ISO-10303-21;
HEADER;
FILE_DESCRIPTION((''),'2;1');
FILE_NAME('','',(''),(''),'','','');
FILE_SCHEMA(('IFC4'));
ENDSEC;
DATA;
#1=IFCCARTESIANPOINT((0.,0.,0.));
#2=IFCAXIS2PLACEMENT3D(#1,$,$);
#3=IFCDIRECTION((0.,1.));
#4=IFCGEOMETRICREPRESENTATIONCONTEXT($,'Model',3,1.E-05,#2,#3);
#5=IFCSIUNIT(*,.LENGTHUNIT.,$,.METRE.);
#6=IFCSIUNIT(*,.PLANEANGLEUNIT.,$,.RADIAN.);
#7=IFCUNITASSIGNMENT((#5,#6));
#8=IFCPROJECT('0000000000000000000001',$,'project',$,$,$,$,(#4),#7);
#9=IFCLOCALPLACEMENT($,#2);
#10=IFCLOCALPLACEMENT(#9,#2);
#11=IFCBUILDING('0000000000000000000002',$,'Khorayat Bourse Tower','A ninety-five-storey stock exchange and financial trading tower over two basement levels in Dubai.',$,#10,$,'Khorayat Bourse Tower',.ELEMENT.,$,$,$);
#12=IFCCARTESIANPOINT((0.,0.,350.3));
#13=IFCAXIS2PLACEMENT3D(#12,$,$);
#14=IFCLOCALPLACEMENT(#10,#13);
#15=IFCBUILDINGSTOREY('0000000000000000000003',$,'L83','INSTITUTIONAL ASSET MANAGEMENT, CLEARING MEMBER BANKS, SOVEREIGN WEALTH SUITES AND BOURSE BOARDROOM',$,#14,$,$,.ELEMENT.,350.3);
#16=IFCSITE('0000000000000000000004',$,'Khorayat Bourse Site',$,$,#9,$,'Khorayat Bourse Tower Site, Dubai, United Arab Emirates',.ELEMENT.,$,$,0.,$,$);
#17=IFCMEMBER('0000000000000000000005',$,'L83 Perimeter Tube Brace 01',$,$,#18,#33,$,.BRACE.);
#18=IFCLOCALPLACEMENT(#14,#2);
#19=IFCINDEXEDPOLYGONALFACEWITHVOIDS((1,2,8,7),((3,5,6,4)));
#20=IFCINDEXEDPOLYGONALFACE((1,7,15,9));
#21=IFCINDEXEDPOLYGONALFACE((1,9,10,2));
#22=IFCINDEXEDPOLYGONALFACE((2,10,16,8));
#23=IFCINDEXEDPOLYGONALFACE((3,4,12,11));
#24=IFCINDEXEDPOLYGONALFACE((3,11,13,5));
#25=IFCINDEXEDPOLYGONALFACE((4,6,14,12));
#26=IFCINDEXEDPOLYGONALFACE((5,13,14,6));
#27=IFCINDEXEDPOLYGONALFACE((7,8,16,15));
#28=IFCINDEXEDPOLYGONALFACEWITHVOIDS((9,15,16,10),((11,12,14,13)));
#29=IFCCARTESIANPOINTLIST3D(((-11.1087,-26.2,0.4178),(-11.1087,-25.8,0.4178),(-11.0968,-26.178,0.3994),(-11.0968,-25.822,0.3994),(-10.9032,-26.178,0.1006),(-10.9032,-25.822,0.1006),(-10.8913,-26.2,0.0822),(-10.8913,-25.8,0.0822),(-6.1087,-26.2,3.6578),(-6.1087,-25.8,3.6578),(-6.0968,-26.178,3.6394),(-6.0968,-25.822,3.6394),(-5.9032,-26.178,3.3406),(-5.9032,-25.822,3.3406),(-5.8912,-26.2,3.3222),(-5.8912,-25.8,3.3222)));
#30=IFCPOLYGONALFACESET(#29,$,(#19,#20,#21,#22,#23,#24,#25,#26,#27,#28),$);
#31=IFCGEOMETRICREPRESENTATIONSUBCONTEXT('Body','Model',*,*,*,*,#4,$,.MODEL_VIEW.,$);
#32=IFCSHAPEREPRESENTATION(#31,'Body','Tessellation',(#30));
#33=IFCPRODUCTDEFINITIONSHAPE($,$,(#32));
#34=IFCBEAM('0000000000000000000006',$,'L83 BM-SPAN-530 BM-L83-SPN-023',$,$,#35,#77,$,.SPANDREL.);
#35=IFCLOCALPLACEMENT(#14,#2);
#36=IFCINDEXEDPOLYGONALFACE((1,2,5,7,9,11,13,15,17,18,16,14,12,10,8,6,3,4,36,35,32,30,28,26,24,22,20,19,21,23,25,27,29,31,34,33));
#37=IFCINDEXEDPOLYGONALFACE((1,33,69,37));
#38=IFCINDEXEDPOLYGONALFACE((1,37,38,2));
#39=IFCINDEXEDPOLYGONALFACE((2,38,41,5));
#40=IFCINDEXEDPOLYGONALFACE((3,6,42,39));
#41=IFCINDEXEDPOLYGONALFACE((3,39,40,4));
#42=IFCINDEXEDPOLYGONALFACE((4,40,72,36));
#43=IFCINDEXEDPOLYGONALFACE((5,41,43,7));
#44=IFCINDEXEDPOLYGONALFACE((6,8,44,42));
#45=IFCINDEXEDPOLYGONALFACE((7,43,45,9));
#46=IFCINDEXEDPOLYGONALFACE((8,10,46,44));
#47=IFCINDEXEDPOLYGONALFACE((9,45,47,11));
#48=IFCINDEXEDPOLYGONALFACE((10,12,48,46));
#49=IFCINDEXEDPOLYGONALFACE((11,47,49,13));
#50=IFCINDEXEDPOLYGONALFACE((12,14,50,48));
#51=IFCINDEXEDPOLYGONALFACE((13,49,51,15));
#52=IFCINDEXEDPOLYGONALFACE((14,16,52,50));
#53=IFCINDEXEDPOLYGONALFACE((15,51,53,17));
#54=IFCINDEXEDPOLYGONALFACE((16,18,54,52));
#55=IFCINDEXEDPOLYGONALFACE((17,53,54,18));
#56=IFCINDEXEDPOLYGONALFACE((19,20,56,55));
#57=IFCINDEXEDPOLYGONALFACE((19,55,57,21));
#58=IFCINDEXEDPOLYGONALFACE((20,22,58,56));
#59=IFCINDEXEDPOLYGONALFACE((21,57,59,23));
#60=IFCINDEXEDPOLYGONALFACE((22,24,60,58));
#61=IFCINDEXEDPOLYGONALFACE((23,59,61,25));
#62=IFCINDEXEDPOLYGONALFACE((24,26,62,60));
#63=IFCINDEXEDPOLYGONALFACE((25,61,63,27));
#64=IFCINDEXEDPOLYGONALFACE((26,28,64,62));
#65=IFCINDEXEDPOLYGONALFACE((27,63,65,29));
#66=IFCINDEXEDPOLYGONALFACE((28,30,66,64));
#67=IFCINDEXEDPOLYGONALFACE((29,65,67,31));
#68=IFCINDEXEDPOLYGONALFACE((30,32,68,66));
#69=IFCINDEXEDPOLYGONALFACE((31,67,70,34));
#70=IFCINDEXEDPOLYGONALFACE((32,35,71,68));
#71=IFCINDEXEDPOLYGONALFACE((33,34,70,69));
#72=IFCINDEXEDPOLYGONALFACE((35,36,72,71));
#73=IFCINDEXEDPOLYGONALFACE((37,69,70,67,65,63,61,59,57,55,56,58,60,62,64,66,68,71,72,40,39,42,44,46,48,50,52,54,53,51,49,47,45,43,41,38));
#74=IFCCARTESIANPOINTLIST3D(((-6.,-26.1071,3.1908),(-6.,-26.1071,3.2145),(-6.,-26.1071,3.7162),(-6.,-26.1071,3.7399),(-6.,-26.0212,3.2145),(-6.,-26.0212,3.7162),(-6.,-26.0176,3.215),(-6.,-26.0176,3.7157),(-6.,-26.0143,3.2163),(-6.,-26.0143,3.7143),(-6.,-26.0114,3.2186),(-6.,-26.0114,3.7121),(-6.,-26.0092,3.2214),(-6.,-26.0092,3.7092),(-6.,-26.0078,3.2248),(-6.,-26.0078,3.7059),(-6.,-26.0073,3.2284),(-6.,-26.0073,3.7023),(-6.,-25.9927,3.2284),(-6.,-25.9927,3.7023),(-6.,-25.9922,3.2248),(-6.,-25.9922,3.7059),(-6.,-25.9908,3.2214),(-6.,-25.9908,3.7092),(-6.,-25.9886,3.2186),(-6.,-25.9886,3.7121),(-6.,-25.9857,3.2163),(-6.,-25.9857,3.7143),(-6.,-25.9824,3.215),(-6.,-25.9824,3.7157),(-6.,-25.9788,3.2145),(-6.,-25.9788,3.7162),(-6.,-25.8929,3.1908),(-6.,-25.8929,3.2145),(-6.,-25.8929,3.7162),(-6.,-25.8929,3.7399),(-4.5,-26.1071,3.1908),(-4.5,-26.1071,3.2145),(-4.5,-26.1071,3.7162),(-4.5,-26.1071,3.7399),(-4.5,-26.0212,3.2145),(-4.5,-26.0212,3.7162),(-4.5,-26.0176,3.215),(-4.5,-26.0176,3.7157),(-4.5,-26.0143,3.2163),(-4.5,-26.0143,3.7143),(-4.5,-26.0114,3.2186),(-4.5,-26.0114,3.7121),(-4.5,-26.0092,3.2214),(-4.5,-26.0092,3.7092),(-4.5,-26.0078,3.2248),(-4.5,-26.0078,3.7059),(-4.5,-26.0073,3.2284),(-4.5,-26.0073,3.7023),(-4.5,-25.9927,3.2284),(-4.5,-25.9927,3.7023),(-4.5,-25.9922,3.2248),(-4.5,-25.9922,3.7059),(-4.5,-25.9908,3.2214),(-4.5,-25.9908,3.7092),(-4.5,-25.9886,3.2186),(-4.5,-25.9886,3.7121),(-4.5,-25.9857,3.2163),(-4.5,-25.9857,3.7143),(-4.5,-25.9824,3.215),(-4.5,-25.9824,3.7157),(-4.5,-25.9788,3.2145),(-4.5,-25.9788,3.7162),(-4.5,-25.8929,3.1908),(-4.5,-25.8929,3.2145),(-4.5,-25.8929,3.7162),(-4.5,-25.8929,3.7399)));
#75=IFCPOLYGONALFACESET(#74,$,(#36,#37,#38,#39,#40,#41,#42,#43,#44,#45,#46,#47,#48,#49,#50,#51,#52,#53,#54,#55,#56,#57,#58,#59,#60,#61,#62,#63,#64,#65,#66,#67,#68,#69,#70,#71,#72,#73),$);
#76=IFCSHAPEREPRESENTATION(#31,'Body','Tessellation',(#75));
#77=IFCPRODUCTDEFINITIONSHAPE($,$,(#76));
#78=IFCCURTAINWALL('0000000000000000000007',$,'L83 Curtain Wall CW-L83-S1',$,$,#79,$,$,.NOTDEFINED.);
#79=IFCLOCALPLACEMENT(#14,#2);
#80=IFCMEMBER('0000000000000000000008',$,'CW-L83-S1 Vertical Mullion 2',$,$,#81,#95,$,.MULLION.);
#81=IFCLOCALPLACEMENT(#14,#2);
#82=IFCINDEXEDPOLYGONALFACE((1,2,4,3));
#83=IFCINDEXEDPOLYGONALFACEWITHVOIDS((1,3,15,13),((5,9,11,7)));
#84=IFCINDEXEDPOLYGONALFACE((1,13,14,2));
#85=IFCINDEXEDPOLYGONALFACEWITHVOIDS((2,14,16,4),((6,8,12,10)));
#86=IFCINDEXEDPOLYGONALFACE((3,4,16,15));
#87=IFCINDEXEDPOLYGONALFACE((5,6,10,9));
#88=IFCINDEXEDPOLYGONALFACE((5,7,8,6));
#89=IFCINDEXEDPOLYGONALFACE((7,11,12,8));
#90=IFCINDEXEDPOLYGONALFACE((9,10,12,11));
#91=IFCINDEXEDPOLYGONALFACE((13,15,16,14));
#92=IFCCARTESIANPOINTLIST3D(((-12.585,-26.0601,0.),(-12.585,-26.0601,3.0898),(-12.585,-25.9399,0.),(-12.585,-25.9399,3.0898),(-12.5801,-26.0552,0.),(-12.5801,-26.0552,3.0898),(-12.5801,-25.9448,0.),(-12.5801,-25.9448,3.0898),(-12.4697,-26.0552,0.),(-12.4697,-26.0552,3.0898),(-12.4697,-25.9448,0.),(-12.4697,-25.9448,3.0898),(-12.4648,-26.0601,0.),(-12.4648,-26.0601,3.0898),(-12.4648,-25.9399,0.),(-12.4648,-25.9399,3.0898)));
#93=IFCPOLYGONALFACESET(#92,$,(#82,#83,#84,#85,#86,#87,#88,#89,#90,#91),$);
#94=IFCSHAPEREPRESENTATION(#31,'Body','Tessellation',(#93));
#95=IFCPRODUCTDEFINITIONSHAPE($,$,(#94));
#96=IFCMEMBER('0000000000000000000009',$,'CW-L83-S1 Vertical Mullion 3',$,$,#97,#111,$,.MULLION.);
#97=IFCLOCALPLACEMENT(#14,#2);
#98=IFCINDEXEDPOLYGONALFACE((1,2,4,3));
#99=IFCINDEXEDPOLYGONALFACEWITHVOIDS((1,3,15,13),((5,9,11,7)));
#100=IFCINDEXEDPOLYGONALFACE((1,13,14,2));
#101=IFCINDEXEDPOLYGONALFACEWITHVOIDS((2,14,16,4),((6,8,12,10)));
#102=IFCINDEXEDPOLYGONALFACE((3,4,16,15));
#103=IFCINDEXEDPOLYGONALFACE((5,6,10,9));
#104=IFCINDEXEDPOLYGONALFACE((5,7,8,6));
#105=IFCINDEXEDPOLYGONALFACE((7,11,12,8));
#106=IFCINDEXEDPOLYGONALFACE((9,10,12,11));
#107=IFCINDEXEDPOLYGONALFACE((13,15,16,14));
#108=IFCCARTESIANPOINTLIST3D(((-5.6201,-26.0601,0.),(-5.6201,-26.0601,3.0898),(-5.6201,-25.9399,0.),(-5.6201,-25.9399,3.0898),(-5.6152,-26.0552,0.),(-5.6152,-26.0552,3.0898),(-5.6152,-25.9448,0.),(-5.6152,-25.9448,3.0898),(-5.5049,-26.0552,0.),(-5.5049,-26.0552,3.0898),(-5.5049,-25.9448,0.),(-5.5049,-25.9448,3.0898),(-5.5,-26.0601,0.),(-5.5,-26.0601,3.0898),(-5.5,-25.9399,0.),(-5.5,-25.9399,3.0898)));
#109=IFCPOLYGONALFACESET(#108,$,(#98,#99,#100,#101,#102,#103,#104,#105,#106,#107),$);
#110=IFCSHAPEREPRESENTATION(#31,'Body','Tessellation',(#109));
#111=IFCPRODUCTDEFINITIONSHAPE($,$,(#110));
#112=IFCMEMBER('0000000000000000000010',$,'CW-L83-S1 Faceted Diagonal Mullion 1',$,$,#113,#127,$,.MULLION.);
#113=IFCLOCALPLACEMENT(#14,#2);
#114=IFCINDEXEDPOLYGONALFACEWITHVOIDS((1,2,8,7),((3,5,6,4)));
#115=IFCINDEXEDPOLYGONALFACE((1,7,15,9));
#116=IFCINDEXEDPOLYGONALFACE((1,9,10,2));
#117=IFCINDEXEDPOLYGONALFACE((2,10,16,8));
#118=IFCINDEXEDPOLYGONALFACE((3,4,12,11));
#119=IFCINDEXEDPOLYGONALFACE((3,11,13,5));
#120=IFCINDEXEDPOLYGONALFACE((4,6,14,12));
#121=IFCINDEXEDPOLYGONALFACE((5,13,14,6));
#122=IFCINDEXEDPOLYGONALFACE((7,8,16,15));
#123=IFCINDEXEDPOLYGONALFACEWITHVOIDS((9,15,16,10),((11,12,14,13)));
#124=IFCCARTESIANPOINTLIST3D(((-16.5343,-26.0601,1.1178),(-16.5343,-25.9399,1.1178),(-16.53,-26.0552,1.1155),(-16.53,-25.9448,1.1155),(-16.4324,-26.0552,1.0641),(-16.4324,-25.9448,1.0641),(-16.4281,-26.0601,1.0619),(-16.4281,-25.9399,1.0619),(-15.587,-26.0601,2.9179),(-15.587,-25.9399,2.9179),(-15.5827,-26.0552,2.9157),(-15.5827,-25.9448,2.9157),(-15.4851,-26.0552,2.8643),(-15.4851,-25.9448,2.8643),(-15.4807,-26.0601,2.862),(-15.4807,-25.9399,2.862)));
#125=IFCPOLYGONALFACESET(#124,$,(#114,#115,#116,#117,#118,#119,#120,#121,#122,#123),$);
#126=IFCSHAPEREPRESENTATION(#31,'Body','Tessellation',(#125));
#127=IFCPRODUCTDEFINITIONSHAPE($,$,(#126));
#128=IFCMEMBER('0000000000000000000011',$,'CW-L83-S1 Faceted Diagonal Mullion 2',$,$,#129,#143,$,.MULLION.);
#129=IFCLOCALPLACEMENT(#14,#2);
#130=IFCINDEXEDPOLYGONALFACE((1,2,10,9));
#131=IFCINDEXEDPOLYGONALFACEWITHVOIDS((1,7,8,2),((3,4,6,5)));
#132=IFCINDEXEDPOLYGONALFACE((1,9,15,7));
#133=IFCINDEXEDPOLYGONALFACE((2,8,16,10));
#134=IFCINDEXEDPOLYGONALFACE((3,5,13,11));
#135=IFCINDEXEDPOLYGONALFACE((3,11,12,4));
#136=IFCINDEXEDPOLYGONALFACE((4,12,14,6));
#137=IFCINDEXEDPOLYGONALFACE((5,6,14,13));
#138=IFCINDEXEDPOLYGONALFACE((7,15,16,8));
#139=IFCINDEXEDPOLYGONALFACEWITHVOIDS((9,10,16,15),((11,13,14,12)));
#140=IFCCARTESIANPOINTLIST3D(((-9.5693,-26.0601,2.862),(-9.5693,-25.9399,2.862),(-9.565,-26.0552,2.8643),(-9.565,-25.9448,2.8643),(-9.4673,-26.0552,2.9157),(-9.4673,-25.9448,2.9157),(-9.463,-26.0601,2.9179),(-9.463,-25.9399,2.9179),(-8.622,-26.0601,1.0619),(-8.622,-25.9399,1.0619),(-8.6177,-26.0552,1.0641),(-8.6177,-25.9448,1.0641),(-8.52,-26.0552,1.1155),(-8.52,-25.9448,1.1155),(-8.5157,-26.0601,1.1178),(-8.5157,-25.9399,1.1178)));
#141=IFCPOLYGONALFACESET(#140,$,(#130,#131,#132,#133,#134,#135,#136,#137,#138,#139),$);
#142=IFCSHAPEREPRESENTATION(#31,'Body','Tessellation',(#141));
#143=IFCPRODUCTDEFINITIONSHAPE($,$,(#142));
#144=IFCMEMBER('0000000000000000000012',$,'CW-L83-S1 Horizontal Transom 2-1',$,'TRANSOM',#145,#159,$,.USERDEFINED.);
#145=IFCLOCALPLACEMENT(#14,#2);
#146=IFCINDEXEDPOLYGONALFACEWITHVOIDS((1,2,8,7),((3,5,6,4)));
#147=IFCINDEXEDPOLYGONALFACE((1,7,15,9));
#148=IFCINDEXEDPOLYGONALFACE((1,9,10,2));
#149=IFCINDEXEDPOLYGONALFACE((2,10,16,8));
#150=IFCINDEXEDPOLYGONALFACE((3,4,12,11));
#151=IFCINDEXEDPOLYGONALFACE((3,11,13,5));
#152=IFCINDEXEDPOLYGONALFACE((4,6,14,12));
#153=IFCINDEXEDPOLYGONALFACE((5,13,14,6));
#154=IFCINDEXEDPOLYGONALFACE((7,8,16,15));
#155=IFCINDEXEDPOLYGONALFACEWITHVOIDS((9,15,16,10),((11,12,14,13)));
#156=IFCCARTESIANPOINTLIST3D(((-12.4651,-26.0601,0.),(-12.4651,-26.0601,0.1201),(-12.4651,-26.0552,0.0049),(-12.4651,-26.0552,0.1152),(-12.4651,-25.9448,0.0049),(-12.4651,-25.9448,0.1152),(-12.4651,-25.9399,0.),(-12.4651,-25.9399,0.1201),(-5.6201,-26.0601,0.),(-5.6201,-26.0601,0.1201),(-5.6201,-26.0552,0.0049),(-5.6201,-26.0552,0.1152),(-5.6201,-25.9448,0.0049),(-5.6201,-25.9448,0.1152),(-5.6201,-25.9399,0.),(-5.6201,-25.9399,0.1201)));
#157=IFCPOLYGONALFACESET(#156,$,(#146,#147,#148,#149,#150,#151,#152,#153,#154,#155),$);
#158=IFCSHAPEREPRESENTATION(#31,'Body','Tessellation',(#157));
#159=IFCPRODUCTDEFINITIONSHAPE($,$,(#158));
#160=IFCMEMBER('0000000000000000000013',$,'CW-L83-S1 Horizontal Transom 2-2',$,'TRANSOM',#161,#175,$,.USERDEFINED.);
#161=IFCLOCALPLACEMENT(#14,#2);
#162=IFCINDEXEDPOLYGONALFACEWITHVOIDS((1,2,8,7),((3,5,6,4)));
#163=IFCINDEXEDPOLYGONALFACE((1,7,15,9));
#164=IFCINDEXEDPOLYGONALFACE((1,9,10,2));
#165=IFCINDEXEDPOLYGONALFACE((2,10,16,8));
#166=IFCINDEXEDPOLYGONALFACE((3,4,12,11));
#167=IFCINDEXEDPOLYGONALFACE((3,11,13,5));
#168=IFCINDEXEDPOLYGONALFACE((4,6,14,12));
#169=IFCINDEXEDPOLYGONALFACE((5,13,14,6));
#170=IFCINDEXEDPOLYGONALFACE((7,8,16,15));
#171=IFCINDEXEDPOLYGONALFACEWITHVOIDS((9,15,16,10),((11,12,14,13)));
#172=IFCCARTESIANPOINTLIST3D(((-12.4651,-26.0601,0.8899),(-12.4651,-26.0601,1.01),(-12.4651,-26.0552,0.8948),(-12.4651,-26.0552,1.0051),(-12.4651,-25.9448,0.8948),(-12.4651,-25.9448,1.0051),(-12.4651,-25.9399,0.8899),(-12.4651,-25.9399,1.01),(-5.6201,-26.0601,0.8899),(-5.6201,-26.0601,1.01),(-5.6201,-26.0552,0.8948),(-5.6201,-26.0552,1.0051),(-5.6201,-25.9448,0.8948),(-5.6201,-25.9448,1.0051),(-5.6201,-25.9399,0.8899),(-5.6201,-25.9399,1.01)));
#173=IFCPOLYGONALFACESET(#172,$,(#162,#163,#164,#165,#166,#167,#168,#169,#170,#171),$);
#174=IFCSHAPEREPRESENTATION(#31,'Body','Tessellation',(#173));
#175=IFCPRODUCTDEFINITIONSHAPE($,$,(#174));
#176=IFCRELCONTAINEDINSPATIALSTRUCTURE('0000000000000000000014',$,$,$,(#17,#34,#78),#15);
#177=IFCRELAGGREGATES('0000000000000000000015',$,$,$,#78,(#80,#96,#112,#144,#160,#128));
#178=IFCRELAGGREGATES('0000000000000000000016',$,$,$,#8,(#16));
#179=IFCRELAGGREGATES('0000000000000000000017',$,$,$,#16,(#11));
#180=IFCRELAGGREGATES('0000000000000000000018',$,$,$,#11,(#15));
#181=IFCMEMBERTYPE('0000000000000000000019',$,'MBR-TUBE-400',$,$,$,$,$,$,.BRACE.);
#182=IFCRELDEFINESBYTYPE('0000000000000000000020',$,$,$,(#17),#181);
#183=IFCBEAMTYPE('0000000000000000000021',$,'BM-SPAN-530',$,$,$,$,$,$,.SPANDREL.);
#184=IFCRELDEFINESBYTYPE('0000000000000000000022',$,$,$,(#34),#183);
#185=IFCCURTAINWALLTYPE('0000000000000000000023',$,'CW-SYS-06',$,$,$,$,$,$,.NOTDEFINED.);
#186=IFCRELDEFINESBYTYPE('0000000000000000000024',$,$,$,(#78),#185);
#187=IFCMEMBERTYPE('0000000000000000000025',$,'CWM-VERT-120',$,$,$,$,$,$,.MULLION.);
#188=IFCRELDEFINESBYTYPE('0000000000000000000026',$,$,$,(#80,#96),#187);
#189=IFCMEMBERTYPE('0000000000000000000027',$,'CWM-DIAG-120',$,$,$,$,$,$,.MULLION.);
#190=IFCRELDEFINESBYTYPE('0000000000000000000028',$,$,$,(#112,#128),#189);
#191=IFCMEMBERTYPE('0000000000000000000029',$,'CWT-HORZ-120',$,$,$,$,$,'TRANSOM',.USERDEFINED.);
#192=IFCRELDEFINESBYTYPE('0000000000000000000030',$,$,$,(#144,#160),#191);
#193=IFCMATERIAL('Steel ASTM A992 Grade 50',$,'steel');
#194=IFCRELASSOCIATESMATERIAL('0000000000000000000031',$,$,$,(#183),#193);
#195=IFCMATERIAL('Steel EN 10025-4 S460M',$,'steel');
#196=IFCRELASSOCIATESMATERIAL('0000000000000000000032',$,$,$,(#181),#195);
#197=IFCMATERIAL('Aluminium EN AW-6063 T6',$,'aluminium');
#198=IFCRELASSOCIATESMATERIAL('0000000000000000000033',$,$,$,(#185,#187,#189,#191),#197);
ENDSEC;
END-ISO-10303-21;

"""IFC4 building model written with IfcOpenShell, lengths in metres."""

from ifc_helpers import new_model, si_unit, direction, frame, origin, origin_2d, place, context, subcontext, project, spatial, hollow_rectangle, i_section, extrude, source, transform, mapped, material, material_profile, profile_set, type_object, element, aggregate, save


model = new_model("IFC4")

# Units and contexts
model_context = context("Model", 3, precision=1e-05, world=origin(), true_north=direction((0.0, 1.0)))
body_context = subcontext(model_context, "Body", "Model", "MODEL_VIEW")
ifc_project = project(units=[si_unit("LENGTHUNIT", "METRE"), si_unit("PLANEANGLEUNIT", "RADIAN")], contexts=[model_context])

# Site, building, storey
site_placement = place(None, origin())
site = spatial("IfcSite", under=ifc_project, at=site_placement, Name="Khorayat Bourse Site", LongName="Khorayat Bourse Tower Site, Dubai, United Arab Emirates", CompositionType="ELEMENT", RefElevation=0.0)
building_placement = place(site_placement, origin())
building = spatial("IfcBuilding", under=site, at=building_placement, Name="Khorayat Bourse Tower", Description="A ninety-five-storey stock exchange and financial trading tower over two basement levels in Dubai.", LongName="Khorayat Bourse Tower", CompositionType="ELEMENT")
storey_placement = place(building_placement, frame((0.0, 0.0, 350.3)))
storey = spatial("IfcBuildingStorey", under=building, at=storey_placement, Name="L83", Description="INSTITUTIONAL ASSET MANAGEMENT, CLEARING MEMBER BANKS, SOVEREIGN WEALTH SUITES AND BOURSE BOARDROOM", CompositionType="ELEMENT", Elevation=350.3)

# Shared definitions
ifc_material_1 = material(Name="Steel ASTM A992 Grade 50", Category="steel")
ifc_material_profile_1 = material_profile(ifc_material_1, i_section(OverallWidth=0.2141, OverallDepth=0.5491, WebThickness=0.0146, FlangeThickness=0.0237, FilletRadius=0.0139, at=origin_2d()), Name="W530X138")
ifc_profile_set_1 = profile_set([ifc_material_profile_1], Name="Steel ASTM A992 Grade 50")
beam_type_1 = type_object("IfcBeamType", Name="BM-SPAN-530", PredefinedType="SPANDREL", material=ifc_profile_set_1)

# Member
ifc_material_2 = material(Name="Steel EN 10025-4 S460M", Category="steel")
ifc_material_profile_2 = material_profile(ifc_material_2, hollow_rectangle(XDim=0.3999, YDim=0.3999, WallThickness=0.022, at=origin_2d()), Name="HSS 400x400x22")
ifc_profile_set_2 = profile_set([ifc_material_profile_2], Name="Steel EN 10025-4 S460M")
member_type_1 = type_object("IfcMemberType", Name="MBR-TUBE-400", PredefinedType="BRACE", material=ifc_profile_set_2)
shared_shape_1 = source(origin(), body_context, "Body", "SweptSolid", [
    extrude(hollow_rectangle(XDim=0.3999, YDim=0.3999, WallThickness=0.022, at=origin_2d()), origin(), (0.0, 0.0, 1.0), 5.958),
])
member_1_placement = place(storey_placement, frame((-11.0, -26.0, 0.25), z_axis=(0.83921, 0.0, 0.543807), x_axis=(0.0, 1.0, 0.0)))
element("IfcMember", 1, at=member_1_placement, inside=storey, type_object=member_type_1, Name="L83 Perimeter Tube Brace 01", PredefinedType="BRACE", context=body_context, shape_type="MappedRepresentation", body=[
    mapped(shared_shape_1, transform((0.0, 0.0, 0.0), scale=1.0)),
])

# Beam
shared_shape_2 = source(origin(), body_context, "Body", "SweptSolid", [
    extrude(i_section(OverallWidth=0.2141, OverallDepth=0.5491, WebThickness=0.0146, FlangeThickness=0.0237, FilletRadius=0.0139, at=origin_2d()), origin(), (0.0, 0.0, 1.0), 1.5),
])
beam_1_placement = place(storey_placement, frame((-6.0, -26.0, 3.4653), z_axis=(1.0, 0.0, 0.0), x_axis=(0.0, 1.0, 0.0)))
element("IfcBeam", 2, at=beam_1_placement, inside=storey, type_object=beam_type_1, Name="L83 BM-SPAN-530 BM-L83-SPN-023", PredefinedType="SPANDREL", context=body_context, shape_type="MappedRepresentation", body=[
    mapped(shared_shape_2, transform((0.0, 0.0, 0.0), scale=1.0)),
])

# Curtain wall, members
ifc_material_3 = material(Name="Aluminium EN AW-6063 T6", Category="aluminium")
curtain_wall_type = type_object("IfcCurtainWallType", Name="CW-SYS-06", PredefinedType="NOTDEFINED", material=ifc_material_3)
curtain_wall_placement = place(storey_placement, origin())
curtain_wall = element("IfcCurtainWall", 3, at=curtain_wall_placement, inside=storey, type_object=curtain_wall_type, Name="L83 Curtain Wall CW-L83-S1", PredefinedType="NOTDEFINED")
ifc_material_profile_3 = material_profile(ifc_material_3, hollow_rectangle(XDim=0.1201, YDim=0.1201, WallThickness=0.0049, at=origin_2d()), Name="ALU 120x120x5")
ifc_profile_set_3 = profile_set([ifc_material_profile_3], Name="Aluminium EN AW-6063 T6")
member_type_2 = type_object("IfcMemberType", Name="CWM-VERT-120", PredefinedType="MULLION", material=ifc_profile_set_3)
shared_shape_3 = source(origin(), body_context, "Body", "SweptSolid", [
    extrude(hollow_rectangle(XDim=0.1201, YDim=0.1201, WallThickness=0.0049, at=origin_2d()), origin(), (0.0, 0.0, 1.0), 3.0898),
])
member_2_placement = place(storey_placement, frame((-12.5249, -26.0, 0.0), z_axis=(0.0, 0.0, 1.0), x_axis=(0.0, 1.0, 0.0)))
member_2 = element("IfcMember", 4, at=member_2_placement, type_object=member_type_2, Name="CW-L83-S1 Vertical Mullion 2", PredefinedType="MULLION", context=body_context, shape_type="MappedRepresentation", body=[
    mapped(shared_shape_3, transform((0.0, 0.0, 0.0), scale=1.0)),
])
member_3_placement = place(storey_placement, frame((-5.5601, -26.0, 0.0), z_axis=(0.0, 0.0, 1.0), x_axis=(0.0, 1.0, 0.0)))
member_3 = element("IfcMember", 5, at=member_3_placement, type_object=member_type_2, Name="CW-L83-S1 Vertical Mullion 3", PredefinedType="MULLION", context=body_context, shape_type="MappedRepresentation", body=[
    mapped(shared_shape_3, transform((0.0, 0.0, 0.0), scale=1.0)),
])
ifc_material_profile_4 = material_profile(ifc_material_3, hollow_rectangle(XDim=0.1201, YDim=0.1201, WallThickness=0.0049, at=origin_2d()), Name="ALU 120x120x5")
ifc_profile_set_4 = profile_set([ifc_material_profile_4], Name="Aluminium EN AW-6063 T6")
member_type_3 = type_object("IfcMemberType", Name="CWM-DIAG-120", PredefinedType="MULLION", material=ifc_profile_set_4)
shared_shape_4 = source(origin(), body_context, "Body", "SweptSolid", [
    extrude(hollow_rectangle(XDim=0.1201, YDim=0.1201, WallThickness=0.0049, at=origin_2d()), origin(), (0.0, 0.0, 1.0), 2.0342),
])
member_4_placement = place(storey_placement, frame((-16.4812, -26.0, 1.0898), z_axis=(0.465697, 0.0, 0.884944), x_axis=(0.0, 1.0, 0.0)))
member_4 = element("IfcMember", 6, at=member_4_placement, type_object=member_type_3, Name="CW-L83-S1 Faceted Diagonal Mullion 1", PredefinedType="MULLION", context=body_context, shape_type="MappedRepresentation", body=[
    mapped(shared_shape_4, transform((0.0, 0.0, 0.0), scale=1.0)),
])
member_5_placement = place(storey_placement, frame((-8.5688, -26.0, 1.0898), z_axis=(-0.465697, 0.0, 0.884944), x_axis=(0.0, -1.0, 0.0)))
member_5 = element("IfcMember", 7, at=member_5_placement, type_object=member_type_3, Name="CW-L83-S1 Faceted Diagonal Mullion 2", PredefinedType="MULLION", context=body_context, shape_type="MappedRepresentation", body=[
    mapped(shared_shape_4, transform((0.0, 0.0, 0.0), scale=1.0)),
])
ifc_material_profile_5 = material_profile(ifc_material_3, hollow_rectangle(XDim=0.1201, YDim=0.1201, WallThickness=0.0049, at=origin_2d()), Name="ALU 120x120x5")
ifc_profile_set_5 = profile_set([ifc_material_profile_5], Name="Aluminium EN AW-6063 T6")
member_type_4 = type_object("IfcMemberType", Name="CWT-HORZ-120", ElementType="TRANSOM", PredefinedType="USERDEFINED", material=ifc_profile_set_5)
shared_shape_5 = source(origin(), body_context, "Body", "SweptSolid", [
    extrude(hollow_rectangle(XDim=0.1201, YDim=0.1201, WallThickness=0.0049, at=origin_2d()), origin(), (0.0, 0.0, 1.0), 6.845),
])
member_6_placement = place(storey_placement, frame((-12.4651, -26.0, 0.0601), z_axis=(1.0, 0.0, 0.0), x_axis=(0.0, 1.0, 0.0)))
member_6 = element("IfcMember", 8, at=member_6_placement, type_object=member_type_4, Name="CW-L83-S1 Horizontal Transom 2-1", ObjectType="TRANSOM", PredefinedType="USERDEFINED", context=body_context, shape_type="MappedRepresentation", body=[
    mapped(shared_shape_5, transform((0.0, 0.0, 0.0), scale=1.0)),
])
member_7_placement = place(storey_placement, frame((-12.4651, -26.0, 0.95), z_axis=(1.0, 0.0, 0.0), x_axis=(0.0, 1.0, 0.0)))
member_7 = element("IfcMember", 9, at=member_7_placement, type_object=member_type_4, Name="CW-L83-S1 Horizontal Transom 2-2", ObjectType="TRANSOM", PredefinedType="USERDEFINED", context=body_context, shape_type="MappedRepresentation", body=[
    mapped(shared_shape_5, transform((0.0, 0.0, 0.0), scale=1.0)),
])

aggregate(curtain_wall, [member_2, member_3, member_4, member_6, member_7, member_5])

save(model, "model.ifc")
